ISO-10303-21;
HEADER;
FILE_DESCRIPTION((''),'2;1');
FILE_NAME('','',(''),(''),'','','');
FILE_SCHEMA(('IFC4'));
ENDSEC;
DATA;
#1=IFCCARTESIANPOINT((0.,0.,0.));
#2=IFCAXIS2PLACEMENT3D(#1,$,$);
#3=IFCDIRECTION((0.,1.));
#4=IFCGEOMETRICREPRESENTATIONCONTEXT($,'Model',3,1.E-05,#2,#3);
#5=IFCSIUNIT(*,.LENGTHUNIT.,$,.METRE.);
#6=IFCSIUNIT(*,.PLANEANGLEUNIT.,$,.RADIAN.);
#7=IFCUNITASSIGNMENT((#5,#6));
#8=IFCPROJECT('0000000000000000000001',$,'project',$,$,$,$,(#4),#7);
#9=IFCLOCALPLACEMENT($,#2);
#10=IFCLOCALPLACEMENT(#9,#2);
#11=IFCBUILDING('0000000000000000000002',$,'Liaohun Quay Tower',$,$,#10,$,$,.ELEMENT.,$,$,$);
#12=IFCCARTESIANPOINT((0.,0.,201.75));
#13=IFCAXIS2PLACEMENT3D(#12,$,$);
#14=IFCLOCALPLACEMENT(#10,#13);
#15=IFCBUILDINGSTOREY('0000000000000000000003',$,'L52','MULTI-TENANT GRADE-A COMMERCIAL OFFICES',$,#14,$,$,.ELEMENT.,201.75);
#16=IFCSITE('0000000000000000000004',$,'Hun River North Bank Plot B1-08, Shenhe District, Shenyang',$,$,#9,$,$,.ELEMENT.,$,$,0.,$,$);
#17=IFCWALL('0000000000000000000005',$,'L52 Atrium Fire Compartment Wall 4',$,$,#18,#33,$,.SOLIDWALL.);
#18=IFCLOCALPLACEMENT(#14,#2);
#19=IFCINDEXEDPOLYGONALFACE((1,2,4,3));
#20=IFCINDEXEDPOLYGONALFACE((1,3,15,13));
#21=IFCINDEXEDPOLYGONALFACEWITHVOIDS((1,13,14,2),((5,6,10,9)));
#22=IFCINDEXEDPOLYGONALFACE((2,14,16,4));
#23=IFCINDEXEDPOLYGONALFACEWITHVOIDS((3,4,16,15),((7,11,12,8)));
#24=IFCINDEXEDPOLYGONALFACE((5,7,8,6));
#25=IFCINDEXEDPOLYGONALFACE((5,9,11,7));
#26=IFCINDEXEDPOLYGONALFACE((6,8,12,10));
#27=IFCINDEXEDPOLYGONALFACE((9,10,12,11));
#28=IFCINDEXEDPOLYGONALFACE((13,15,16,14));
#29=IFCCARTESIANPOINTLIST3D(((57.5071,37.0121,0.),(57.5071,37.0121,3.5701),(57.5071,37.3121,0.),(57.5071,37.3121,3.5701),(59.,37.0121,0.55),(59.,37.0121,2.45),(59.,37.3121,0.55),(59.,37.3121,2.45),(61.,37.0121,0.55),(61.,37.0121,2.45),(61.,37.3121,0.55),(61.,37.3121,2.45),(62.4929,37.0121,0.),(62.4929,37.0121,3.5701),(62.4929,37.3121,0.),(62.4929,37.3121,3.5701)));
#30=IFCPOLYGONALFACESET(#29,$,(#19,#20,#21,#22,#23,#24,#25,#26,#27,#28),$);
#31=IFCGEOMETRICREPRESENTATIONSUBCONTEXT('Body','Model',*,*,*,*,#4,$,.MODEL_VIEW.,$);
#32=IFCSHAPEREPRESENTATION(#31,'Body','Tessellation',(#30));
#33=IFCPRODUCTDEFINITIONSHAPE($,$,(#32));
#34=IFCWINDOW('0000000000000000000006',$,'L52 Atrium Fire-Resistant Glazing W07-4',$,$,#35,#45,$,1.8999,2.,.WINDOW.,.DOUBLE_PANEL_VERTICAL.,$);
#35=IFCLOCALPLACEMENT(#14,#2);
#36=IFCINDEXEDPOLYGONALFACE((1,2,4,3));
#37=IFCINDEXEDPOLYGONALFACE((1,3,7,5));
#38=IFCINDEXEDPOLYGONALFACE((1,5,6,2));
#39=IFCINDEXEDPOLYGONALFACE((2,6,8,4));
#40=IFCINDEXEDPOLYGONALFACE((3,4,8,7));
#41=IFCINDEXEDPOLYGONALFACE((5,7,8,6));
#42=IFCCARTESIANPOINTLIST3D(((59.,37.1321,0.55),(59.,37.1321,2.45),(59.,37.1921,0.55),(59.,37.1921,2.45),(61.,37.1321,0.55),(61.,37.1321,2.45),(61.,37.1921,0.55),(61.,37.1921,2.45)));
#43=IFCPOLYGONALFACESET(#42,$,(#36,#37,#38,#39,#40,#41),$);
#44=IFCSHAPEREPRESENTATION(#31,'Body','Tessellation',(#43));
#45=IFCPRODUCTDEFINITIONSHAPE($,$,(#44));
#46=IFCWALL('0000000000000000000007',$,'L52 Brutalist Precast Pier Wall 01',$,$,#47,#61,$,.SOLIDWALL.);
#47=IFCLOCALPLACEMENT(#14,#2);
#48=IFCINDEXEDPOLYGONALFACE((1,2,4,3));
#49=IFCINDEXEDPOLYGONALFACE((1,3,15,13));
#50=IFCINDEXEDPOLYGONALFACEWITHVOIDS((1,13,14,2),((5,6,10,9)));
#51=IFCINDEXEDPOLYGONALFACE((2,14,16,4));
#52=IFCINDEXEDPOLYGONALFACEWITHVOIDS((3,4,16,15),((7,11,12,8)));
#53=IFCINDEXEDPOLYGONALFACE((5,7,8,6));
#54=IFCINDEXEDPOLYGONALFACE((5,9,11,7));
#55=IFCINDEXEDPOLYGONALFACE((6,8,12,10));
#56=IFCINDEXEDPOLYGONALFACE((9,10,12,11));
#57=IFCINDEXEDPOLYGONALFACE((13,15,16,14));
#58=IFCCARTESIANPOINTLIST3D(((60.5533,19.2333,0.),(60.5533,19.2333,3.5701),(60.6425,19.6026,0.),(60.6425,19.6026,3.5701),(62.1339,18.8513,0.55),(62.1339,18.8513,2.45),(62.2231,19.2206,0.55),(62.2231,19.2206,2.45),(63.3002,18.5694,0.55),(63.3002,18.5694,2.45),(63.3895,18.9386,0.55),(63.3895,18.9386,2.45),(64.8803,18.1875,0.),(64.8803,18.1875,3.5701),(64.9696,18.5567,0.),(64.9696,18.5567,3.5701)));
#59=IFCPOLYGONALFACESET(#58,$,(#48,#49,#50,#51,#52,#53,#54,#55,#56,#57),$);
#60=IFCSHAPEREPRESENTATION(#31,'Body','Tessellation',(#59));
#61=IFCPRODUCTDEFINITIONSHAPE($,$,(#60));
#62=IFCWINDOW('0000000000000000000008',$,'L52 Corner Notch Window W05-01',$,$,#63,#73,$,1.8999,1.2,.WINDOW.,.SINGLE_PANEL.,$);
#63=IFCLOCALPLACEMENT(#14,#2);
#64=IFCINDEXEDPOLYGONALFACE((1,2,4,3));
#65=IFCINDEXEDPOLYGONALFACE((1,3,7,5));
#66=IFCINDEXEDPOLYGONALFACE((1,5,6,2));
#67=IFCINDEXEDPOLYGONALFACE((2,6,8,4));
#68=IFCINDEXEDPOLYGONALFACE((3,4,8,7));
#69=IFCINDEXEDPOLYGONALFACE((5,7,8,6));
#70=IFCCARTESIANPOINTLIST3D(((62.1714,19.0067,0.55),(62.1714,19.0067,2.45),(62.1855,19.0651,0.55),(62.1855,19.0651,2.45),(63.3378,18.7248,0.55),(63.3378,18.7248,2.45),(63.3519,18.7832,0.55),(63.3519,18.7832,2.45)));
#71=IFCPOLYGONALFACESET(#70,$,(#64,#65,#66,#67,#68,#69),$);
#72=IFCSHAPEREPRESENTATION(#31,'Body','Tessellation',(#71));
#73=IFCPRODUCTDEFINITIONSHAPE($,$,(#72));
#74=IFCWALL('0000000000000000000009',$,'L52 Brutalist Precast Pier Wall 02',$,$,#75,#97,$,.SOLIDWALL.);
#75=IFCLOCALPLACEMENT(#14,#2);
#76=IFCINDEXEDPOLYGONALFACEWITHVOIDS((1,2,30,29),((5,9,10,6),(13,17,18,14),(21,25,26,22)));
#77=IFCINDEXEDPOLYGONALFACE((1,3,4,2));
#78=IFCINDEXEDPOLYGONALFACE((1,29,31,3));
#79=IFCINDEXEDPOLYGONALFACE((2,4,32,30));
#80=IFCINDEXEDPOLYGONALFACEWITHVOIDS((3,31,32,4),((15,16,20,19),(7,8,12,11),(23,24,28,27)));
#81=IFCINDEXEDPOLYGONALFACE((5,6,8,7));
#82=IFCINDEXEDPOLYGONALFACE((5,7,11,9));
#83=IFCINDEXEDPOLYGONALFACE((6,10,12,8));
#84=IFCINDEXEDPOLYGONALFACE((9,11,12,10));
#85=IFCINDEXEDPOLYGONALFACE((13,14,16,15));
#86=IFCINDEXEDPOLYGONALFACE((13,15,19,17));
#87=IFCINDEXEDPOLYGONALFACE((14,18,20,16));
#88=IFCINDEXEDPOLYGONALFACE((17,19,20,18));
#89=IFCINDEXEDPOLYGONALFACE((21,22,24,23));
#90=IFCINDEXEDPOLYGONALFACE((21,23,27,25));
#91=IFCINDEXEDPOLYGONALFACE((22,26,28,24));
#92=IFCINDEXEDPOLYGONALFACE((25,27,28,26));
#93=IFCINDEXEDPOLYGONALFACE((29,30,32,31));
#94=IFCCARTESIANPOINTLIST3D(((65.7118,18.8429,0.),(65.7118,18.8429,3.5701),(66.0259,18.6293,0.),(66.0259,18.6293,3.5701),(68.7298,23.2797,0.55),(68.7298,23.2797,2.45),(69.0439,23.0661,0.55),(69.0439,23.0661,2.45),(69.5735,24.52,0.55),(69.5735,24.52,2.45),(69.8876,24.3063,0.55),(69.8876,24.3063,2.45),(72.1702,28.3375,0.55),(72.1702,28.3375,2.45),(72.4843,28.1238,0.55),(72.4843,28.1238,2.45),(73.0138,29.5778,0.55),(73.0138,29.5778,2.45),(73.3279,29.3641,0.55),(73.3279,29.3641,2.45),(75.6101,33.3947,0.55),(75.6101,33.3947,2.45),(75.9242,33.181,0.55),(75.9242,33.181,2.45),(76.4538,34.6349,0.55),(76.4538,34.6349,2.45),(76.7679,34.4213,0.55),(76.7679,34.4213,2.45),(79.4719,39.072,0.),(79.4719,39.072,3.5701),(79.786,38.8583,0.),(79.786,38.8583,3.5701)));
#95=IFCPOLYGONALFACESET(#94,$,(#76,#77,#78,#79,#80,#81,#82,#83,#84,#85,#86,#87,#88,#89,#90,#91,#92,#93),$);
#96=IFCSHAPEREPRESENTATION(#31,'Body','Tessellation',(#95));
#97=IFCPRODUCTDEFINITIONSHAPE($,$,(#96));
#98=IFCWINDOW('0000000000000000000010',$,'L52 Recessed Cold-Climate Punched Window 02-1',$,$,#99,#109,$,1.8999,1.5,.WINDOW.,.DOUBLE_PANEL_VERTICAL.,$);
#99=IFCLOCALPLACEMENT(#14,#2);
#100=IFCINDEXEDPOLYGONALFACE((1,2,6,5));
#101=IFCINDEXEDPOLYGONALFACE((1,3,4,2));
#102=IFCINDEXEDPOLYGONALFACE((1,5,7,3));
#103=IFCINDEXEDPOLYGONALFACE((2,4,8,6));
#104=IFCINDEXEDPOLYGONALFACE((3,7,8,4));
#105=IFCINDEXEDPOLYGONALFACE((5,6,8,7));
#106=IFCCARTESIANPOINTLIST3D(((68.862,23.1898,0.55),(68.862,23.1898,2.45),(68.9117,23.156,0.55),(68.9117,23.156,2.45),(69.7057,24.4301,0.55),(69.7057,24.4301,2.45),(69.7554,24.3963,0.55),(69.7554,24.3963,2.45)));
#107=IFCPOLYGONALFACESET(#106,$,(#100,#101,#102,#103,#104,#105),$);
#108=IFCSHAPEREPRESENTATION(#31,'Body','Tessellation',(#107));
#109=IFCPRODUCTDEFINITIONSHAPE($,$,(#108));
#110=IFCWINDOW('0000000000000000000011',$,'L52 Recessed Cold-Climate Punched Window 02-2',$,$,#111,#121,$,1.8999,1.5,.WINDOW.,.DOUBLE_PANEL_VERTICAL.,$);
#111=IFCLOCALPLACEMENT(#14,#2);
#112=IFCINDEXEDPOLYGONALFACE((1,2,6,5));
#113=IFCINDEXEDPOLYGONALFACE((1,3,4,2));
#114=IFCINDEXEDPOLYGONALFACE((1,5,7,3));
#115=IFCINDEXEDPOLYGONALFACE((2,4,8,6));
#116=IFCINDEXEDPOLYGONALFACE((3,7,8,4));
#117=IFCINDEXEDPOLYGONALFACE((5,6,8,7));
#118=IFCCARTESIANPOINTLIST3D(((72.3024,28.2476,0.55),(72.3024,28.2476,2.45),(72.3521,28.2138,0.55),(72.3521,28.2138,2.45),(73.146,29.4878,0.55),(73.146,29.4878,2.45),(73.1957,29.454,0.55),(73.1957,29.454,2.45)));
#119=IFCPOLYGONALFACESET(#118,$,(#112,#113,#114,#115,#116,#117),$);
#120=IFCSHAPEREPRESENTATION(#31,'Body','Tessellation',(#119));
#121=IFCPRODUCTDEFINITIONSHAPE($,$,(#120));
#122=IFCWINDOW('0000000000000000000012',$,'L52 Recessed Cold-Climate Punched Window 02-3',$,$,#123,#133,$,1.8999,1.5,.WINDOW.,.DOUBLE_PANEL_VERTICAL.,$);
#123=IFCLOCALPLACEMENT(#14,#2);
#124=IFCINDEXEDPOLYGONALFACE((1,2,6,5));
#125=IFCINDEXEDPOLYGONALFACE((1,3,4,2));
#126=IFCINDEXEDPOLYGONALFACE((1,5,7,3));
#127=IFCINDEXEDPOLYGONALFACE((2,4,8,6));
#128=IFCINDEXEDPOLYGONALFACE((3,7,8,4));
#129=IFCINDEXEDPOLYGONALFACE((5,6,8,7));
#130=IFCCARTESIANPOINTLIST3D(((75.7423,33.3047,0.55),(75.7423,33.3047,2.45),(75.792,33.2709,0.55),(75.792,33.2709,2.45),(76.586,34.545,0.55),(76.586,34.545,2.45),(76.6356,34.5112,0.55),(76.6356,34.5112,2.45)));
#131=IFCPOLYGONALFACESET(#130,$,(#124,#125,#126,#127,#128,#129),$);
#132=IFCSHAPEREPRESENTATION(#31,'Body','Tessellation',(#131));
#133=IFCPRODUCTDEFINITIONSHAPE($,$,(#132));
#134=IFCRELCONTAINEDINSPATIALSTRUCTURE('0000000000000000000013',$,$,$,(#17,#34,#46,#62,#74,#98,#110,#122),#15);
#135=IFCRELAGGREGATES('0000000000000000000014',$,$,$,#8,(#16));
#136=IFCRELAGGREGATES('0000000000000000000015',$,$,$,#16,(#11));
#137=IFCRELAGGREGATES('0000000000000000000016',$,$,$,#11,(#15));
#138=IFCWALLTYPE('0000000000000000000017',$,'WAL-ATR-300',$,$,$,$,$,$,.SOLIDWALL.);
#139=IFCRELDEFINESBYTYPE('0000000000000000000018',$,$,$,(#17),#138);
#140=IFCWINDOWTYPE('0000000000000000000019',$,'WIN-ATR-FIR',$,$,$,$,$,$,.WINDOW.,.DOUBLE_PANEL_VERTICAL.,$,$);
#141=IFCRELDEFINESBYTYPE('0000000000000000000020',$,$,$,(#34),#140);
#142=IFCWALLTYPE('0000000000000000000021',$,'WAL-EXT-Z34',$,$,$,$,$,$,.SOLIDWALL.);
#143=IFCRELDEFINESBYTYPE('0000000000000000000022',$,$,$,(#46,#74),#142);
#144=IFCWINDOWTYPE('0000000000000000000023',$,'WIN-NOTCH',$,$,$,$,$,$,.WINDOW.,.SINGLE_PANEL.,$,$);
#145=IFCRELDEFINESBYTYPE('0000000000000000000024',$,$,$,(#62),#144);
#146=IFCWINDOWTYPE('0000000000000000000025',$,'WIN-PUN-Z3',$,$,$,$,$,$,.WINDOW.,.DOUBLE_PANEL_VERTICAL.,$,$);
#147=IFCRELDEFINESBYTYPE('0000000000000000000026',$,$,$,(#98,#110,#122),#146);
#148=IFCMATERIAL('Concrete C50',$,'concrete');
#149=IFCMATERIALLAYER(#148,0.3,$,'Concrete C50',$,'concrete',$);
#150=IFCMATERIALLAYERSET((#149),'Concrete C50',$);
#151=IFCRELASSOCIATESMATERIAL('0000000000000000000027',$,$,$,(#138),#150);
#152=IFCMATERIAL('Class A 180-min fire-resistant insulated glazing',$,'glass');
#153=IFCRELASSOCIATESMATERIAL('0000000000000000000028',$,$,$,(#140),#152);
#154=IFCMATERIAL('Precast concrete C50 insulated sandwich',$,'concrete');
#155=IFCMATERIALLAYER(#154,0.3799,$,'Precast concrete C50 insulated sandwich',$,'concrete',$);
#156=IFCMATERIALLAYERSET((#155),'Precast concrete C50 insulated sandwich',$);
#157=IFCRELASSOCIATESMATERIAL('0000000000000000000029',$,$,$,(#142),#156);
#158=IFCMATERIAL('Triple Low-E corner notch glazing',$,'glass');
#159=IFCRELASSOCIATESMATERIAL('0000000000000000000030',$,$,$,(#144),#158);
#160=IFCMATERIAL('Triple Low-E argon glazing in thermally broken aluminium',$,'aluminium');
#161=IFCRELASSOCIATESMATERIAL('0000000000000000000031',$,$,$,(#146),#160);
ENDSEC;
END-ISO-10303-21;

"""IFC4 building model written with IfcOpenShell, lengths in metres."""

from ifc_helpers import new_model, si_unit, direction, frame, frame_2d, origin, place, context, subcontext, project, spatial, rectangle, extrude, source, transform, mapped, material, layer, layer_set, type_object, element, fill, save


model = new_model("IFC4")

# Units and contexts
model_context = context("Model", 3, precision=1e-05, world=origin(), true_north=direction((0.0, 1.0)))
body_context = subcontext(model_context, "Body", "Model", "MODEL_VIEW")
ifc_project = project(units=[si_unit("LENGTHUNIT", "METRE"), si_unit("PLANEANGLEUNIT", "RADIAN")], contexts=[model_context])

# Site, building, storey
site_placement = place(None, origin())
site = spatial("IfcSite", under=ifc_project, at=site_placement, Name="Hun River North Bank Plot B1-08, Shenhe District, Shenyang", CompositionType="ELEMENT", RefElevation=0.0)
building_placement = place(site_placement, origin())
building = spatial("IfcBuilding", under=site, at=building_placement, Name="Liaohun Quay Tower", CompositionType="ELEMENT")
storey_placement = place(building_placement, frame((0.0, 0.0, 201.75)))
storey = spatial("IfcBuildingStorey", under=building, at=storey_placement, Name="L52", Description="MULTI-TENANT GRADE-A COMMERCIAL OFFICES", CompositionType="ELEMENT", Elevation=201.75)

# Walls, openings, windows
ifc_material_1 = material(Name="Concrete C50", Category="concrete")
ifc_layer_1 = layer(ifc_material_1, 0.3, Name="Concrete C50", Category="concrete")
ifc_layer_set_1 = layer_set([ifc_layer_1], Name="Concrete C50")
wall_type_1 = type_object("IfcWallType", Name="WAL-ATR-300", PredefinedType="SOLIDWALL", material=ifc_layer_set_1)
shared_shape_1 = source(origin(), body_context, "Body", "SweptSolid", [
    extrude(rectangle(XDim=2.0, YDim=1.8999, at=frame_2d((1.0, 0.95))), frame((0.0, 0.1599, 0.0), z_axis=(0.0, -1.0, 0.0), x_axis=(1.0, 0.0, 0.0)), (0.0, 0.0, 1.0), 0.3201),
])
ifc_material_2 = material(Name="Class A 180-min fire-resistant insulated glazing", Category="glass")
window_type_1 = type_object("IfcWindowType", Name="WIN-ATR-FIR", PartitioningType="DOUBLE_PANEL_VERTICAL", PredefinedType="WINDOW", material=ifc_material_2)
shared_shape_2 = source(origin(), body_context, "Body", "SweptSolid", [
    extrude(rectangle(XDim=2.0, YDim=1.8999, at=frame_2d((1.0, 0.95))), frame((0.0, 0.03, 0.0), z_axis=(0.0, -1.0, 0.0), x_axis=(1.0, 0.0, 0.0)), (0.0, 0.0, 1.0), 0.0601),
])
wall_1_placement = place(storey_placement, frame((62.4929, 37.1621, 0.0), z_axis=(0.0, 0.0, 1.0), x_axis=(-1.0, 0.0, 0.0)))
wall_1 = element("IfcWall", 1, at=wall_1_placement, inside=storey, type_object=wall_type_1, Name="L52 Atrium Fire Compartment Wall 4", PredefinedType="SOLIDWALL", context=body_context, shape_type="SweptSolid", body=[
    extrude(rectangle(XDim=4.9858, YDim=0.3, at=frame_2d((2.4929, 0.0))), origin(), (0.0, 0.0, 1.0), 3.5701),
])
opening_1_placement = place(wall_1_placement, frame((1.4929, 0.0, 0.55)))
opening_1 = element("IfcOpeningElement", 2, at=opening_1_placement, cuts=wall_1, PredefinedType="OPENING", context=body_context, shape_type="MappedRepresentation", body=[
    mapped(shared_shape_1, transform((0.0, 0.0, 0.0), x_axis=(1.0, 0.0, 0.0), y_axis=(0.0, 1.0, 0.0), z_axis=(0.0, 0.0, 1.0), scale=1.0)),
])
window_1_placement = place(opening_1_placement, origin())
window_1 = element("IfcWindow", 3, at=window_1_placement, inside=storey, type_object=window_type_1, Name="L52 Atrium Fire-Resistant Glazing W07-4", OverallHeight=1.8999, OverallWidth=2.0, PartitioningType="DOUBLE_PANEL_VERTICAL", PredefinedType="WINDOW", context=body_context, shape_type="MappedRepresentation", body=[
    mapped(shared_shape_2, transform((0.0, 0.0, 0.0), x_axis=(1.0, 0.0, 0.0), y_axis=(0.0, 1.0, 0.0), z_axis=(0.0, 0.0, 1.0), scale=1.0)),
])
fill(opening_1, window_1)
ifc_material_3 = material(Name="Precast concrete C50 insulated sandwich", Category="concrete")
ifc_layer_2 = layer(ifc_material_3, 0.3799, Name="Precast concrete C50 insulated sandwich", Category="concrete")
ifc_layer_set_2 = layer_set([ifc_layer_2], Name="Precast concrete C50 insulated sandwich")
wall_type_2 = type_object("IfcWallType", Name="WAL-EXT-Z34", PredefinedType="SOLIDWALL", material=ifc_layer_set_2)
wall_2_placement = place(storey_placement, frame((60.5979, 19.418, 0.0), z_axis=(0.0, 0.0, 1.0), x_axis=(0.97201, -0.234941, 0.0)))
wall_2 = element("IfcWall", 4, at=wall_2_placement, inside=storey, type_object=wall_type_2, Name="L52 Brutalist Precast Pier Wall 01", PredefinedType="SOLIDWALL", context=body_context, shape_type="SweptSolid", body=[
    extrude(rectangle(XDim=4.4517, YDim=0.3799, at=frame_2d((2.2258, 0.0))), origin(), (0.0, 0.0, 1.0), 3.5701),
])
shared_shape_3 = source(origin(), body_context, "Body", "SweptSolid", [
    extrude(rectangle(XDim=1.2, YDim=1.8999, at=frame_2d((0.6001, 0.95))), frame((0.0, 0.2, 0.0), z_axis=(0.0, -1.0, 0.0), x_axis=(1.0, 0.0, 0.0)), (0.0, 0.0, 1.0), 0.3999),
])
opening_2_placement = place(wall_2_placement, frame((1.626, 0.0, 0.55)))
opening_2 = element("IfcOpeningElement", 5, at=opening_2_placement, cuts=wall_2, PredefinedType="OPENING", context=body_context, shape_type="MappedRepresentation", body=[
    mapped(shared_shape_3, transform((0.0, 0.0, 0.0), x_axis=(1.0, 0.0, 0.0), y_axis=(0.0, 1.0, 0.0), z_axis=(0.0, 0.0, 1.0), scale=1.0)),
])
ifc_material_4 = material(Name="Triple Low-E corner notch glazing", Category="glass")
window_type_2 = type_object("IfcWindowType", Name="WIN-NOTCH", PartitioningType="SINGLE_PANEL", PredefinedType="WINDOW", material=ifc_material_4)
shared_shape_4 = source(origin(), body_context, "Body", "SweptSolid", [
    extrude(rectangle(XDim=1.2, YDim=1.8999, at=frame_2d((0.6001, 0.95))), frame((0.0, 0.03, 0.0), z_axis=(0.0, -1.0, 0.0), x_axis=(1.0, 0.0, 0.0)), (0.0, 0.0, 1.0), 0.0601),
])
window_2_placement = place(opening_2_placement, origin())
window_2 = element("IfcWindow", 6, at=window_2_placement, inside=storey, type_object=window_type_2, Name="L52 Corner Notch Window W05-01", OverallHeight=1.8999, OverallWidth=1.2, PartitioningType="SINGLE_PANEL", PredefinedType="WINDOW", context=body_context, shape_type="MappedRepresentation", body=[
    mapped(shared_shape_4, transform((0.0, 0.0, 0.0), x_axis=(1.0, 0.0, 0.0), y_axis=(0.0, 1.0, 0.0), z_axis=(0.0, 0.0, 1.0), scale=1.0)),
])
fill(opening_2, window_2)

# Wall, openings, windows
wall_3_placement = place(storey_placement, frame((65.8689, 18.7361, 0.0), z_axis=(0.0, 0.0, 1.0), x_axis=(0.56243, 0.826845, 0.0)))
wall_3 = element("IfcWall", 7, at=wall_3_placement, inside=storey, type_object=wall_type_2, Name="L52 Brutalist Precast Pier Wall 02", PredefinedType="SOLIDWALL", context=body_context, shape_type="SweptSolid", body=[
    extrude(rectangle(XDim=24.4653, YDim=0.3799, at=frame_2d((12.2327, 0.0))), origin(), (0.0, 0.0, 1.0), 3.5701),
])
shared_shape_5 = source(origin(), body_context, "Body", "SweptSolid", [
    extrude(rectangle(XDim=1.5, YDim=1.8999, at=frame_2d((0.75, 0.95))), frame((0.0, 0.2, 0.0), z_axis=(0.0, -1.0, 0.0), x_axis=(1.0, 0.0, 0.0)), (0.0, 0.0, 1.0), 0.3999),
])
opening_3_placement = place(wall_3_placement, frame((5.366, 0.0, 0.55)))
opening_3 = element("IfcOpeningElement", 8, at=opening_3_placement, cuts=wall_3, PredefinedType="OPENING", context=body_context, shape_type="MappedRepresentation", body=[
    mapped(shared_shape_5, transform((0.0, 0.0, 0.0), x_axis=(1.0, 0.0, 0.0), y_axis=(0.0, 1.0, 0.0), z_axis=(0.0, 0.0, 1.0), scale=1.0)),
])
opening_4_placement = place(wall_3_placement, frame((11.4829, 0.0, 0.55)))
opening_4 = element("IfcOpeningElement", 9, at=opening_4_placement, cuts=wall_3, PredefinedType="OPENING", context=body_context, shape_type="MappedRepresentation", body=[
    mapped(shared_shape_5, transform((0.0, 0.0, 0.0), x_axis=(1.0, 0.0, 0.0), y_axis=(0.0, 1.0, 0.0), z_axis=(0.0, 0.0, 1.0), scale=1.0)),
])
opening_5_placement = place(wall_3_placement, frame((17.5991, 0.0, 0.55)))
opening_5 = element("IfcOpeningElement", 10, at=opening_5_placement, cuts=wall_3, PredefinedType="OPENING", context=body_context, shape_type="MappedRepresentation", body=[
    mapped(shared_shape_5, transform((0.0, 0.0, 0.0), x_axis=(1.0, 0.0, 0.0), y_axis=(0.0, 1.0, 0.0), z_axis=(0.0, 0.0, 1.0), scale=1.0)),
])
ifc_material_5 = material(Name="Triple Low-E argon glazing in thermally broken aluminium", Category="aluminium")
window_type_3 = type_object("IfcWindowType", Name="WIN-PUN-Z3", PartitioningType="DOUBLE_PANEL_VERTICAL", PredefinedType="WINDOW", material=ifc_material_5)
shared_shape_6 = source(origin(), body_context, "Body", "SweptSolid", [
    extrude(rectangle(XDim=1.5, YDim=1.8999, at=frame_2d((0.75, 0.95))), frame((0.0, 0.03, 0.0), z_axis=(0.0, -1.0, 0.0), x_axis=(1.0, 0.0, 0.0)), (0.0, 0.0, 1.0), 0.0601),
])
window_3_placement = place(opening_3_placement, origin())
window_3 = element("IfcWindow", 11, at=window_3_placement, inside=storey, type_object=window_type_3, Name="L52 Recessed Cold-Climate Punched Window 02-1", OverallHeight=1.8999, OverallWidth=1.5, PartitioningType="DOUBLE_PANEL_VERTICAL", PredefinedType="WINDOW", context=body_context, shape_type="MappedRepresentation", body=[
    mapped(shared_shape_6, transform((0.0, 0.0, 0.0), x_axis=(1.0, 0.0, 0.0), y_axis=(0.0, 1.0, 0.0), z_axis=(0.0, 0.0, 1.0), scale=1.0)),
])
fill(opening_3, window_3)
window_4_placement = place(opening_4_placement, origin())
window_4 = element("IfcWindow", 12, at=window_4_placement, inside=storey, type_object=window_type_3, Name="L52 Recessed Cold-Climate Punched Window 02-2", OverallHeight=1.8999, OverallWidth=1.5, PartitioningType="DOUBLE_PANEL_VERTICAL", PredefinedType="WINDOW", context=body_context, shape_type="MappedRepresentation", body=[
    mapped(shared_shape_6, transform((0.0, 0.0, 0.0), x_axis=(1.0, 0.0, 0.0), y_axis=(0.0, 1.0, 0.0), z_axis=(0.0, 0.0, 1.0), scale=1.0)),
])
fill(opening_4, window_4)
window_5_placement = place(opening_5_placement, origin())
window_5 = element("IfcWindow", 13, at=window_5_placement, inside=storey, type_object=window_type_3, Name="L52 Recessed Cold-Climate Punched Window 02-3", OverallHeight=1.8999, OverallWidth=1.5, PartitioningType="DOUBLE_PANEL_VERTICAL", PredefinedType="WINDOW", context=body_context, shape_type="MappedRepresentation", body=[
    mapped(shared_shape_6, transform((0.0, 0.0, 0.0), x_axis=(1.0, 0.0, 0.0), y_axis=(0.0, 1.0, 0.0), z_axis=(0.0, 0.0, 1.0), scale=1.0)),
])
fill(opening_5, window_5)

save(model, "model.ifc")
